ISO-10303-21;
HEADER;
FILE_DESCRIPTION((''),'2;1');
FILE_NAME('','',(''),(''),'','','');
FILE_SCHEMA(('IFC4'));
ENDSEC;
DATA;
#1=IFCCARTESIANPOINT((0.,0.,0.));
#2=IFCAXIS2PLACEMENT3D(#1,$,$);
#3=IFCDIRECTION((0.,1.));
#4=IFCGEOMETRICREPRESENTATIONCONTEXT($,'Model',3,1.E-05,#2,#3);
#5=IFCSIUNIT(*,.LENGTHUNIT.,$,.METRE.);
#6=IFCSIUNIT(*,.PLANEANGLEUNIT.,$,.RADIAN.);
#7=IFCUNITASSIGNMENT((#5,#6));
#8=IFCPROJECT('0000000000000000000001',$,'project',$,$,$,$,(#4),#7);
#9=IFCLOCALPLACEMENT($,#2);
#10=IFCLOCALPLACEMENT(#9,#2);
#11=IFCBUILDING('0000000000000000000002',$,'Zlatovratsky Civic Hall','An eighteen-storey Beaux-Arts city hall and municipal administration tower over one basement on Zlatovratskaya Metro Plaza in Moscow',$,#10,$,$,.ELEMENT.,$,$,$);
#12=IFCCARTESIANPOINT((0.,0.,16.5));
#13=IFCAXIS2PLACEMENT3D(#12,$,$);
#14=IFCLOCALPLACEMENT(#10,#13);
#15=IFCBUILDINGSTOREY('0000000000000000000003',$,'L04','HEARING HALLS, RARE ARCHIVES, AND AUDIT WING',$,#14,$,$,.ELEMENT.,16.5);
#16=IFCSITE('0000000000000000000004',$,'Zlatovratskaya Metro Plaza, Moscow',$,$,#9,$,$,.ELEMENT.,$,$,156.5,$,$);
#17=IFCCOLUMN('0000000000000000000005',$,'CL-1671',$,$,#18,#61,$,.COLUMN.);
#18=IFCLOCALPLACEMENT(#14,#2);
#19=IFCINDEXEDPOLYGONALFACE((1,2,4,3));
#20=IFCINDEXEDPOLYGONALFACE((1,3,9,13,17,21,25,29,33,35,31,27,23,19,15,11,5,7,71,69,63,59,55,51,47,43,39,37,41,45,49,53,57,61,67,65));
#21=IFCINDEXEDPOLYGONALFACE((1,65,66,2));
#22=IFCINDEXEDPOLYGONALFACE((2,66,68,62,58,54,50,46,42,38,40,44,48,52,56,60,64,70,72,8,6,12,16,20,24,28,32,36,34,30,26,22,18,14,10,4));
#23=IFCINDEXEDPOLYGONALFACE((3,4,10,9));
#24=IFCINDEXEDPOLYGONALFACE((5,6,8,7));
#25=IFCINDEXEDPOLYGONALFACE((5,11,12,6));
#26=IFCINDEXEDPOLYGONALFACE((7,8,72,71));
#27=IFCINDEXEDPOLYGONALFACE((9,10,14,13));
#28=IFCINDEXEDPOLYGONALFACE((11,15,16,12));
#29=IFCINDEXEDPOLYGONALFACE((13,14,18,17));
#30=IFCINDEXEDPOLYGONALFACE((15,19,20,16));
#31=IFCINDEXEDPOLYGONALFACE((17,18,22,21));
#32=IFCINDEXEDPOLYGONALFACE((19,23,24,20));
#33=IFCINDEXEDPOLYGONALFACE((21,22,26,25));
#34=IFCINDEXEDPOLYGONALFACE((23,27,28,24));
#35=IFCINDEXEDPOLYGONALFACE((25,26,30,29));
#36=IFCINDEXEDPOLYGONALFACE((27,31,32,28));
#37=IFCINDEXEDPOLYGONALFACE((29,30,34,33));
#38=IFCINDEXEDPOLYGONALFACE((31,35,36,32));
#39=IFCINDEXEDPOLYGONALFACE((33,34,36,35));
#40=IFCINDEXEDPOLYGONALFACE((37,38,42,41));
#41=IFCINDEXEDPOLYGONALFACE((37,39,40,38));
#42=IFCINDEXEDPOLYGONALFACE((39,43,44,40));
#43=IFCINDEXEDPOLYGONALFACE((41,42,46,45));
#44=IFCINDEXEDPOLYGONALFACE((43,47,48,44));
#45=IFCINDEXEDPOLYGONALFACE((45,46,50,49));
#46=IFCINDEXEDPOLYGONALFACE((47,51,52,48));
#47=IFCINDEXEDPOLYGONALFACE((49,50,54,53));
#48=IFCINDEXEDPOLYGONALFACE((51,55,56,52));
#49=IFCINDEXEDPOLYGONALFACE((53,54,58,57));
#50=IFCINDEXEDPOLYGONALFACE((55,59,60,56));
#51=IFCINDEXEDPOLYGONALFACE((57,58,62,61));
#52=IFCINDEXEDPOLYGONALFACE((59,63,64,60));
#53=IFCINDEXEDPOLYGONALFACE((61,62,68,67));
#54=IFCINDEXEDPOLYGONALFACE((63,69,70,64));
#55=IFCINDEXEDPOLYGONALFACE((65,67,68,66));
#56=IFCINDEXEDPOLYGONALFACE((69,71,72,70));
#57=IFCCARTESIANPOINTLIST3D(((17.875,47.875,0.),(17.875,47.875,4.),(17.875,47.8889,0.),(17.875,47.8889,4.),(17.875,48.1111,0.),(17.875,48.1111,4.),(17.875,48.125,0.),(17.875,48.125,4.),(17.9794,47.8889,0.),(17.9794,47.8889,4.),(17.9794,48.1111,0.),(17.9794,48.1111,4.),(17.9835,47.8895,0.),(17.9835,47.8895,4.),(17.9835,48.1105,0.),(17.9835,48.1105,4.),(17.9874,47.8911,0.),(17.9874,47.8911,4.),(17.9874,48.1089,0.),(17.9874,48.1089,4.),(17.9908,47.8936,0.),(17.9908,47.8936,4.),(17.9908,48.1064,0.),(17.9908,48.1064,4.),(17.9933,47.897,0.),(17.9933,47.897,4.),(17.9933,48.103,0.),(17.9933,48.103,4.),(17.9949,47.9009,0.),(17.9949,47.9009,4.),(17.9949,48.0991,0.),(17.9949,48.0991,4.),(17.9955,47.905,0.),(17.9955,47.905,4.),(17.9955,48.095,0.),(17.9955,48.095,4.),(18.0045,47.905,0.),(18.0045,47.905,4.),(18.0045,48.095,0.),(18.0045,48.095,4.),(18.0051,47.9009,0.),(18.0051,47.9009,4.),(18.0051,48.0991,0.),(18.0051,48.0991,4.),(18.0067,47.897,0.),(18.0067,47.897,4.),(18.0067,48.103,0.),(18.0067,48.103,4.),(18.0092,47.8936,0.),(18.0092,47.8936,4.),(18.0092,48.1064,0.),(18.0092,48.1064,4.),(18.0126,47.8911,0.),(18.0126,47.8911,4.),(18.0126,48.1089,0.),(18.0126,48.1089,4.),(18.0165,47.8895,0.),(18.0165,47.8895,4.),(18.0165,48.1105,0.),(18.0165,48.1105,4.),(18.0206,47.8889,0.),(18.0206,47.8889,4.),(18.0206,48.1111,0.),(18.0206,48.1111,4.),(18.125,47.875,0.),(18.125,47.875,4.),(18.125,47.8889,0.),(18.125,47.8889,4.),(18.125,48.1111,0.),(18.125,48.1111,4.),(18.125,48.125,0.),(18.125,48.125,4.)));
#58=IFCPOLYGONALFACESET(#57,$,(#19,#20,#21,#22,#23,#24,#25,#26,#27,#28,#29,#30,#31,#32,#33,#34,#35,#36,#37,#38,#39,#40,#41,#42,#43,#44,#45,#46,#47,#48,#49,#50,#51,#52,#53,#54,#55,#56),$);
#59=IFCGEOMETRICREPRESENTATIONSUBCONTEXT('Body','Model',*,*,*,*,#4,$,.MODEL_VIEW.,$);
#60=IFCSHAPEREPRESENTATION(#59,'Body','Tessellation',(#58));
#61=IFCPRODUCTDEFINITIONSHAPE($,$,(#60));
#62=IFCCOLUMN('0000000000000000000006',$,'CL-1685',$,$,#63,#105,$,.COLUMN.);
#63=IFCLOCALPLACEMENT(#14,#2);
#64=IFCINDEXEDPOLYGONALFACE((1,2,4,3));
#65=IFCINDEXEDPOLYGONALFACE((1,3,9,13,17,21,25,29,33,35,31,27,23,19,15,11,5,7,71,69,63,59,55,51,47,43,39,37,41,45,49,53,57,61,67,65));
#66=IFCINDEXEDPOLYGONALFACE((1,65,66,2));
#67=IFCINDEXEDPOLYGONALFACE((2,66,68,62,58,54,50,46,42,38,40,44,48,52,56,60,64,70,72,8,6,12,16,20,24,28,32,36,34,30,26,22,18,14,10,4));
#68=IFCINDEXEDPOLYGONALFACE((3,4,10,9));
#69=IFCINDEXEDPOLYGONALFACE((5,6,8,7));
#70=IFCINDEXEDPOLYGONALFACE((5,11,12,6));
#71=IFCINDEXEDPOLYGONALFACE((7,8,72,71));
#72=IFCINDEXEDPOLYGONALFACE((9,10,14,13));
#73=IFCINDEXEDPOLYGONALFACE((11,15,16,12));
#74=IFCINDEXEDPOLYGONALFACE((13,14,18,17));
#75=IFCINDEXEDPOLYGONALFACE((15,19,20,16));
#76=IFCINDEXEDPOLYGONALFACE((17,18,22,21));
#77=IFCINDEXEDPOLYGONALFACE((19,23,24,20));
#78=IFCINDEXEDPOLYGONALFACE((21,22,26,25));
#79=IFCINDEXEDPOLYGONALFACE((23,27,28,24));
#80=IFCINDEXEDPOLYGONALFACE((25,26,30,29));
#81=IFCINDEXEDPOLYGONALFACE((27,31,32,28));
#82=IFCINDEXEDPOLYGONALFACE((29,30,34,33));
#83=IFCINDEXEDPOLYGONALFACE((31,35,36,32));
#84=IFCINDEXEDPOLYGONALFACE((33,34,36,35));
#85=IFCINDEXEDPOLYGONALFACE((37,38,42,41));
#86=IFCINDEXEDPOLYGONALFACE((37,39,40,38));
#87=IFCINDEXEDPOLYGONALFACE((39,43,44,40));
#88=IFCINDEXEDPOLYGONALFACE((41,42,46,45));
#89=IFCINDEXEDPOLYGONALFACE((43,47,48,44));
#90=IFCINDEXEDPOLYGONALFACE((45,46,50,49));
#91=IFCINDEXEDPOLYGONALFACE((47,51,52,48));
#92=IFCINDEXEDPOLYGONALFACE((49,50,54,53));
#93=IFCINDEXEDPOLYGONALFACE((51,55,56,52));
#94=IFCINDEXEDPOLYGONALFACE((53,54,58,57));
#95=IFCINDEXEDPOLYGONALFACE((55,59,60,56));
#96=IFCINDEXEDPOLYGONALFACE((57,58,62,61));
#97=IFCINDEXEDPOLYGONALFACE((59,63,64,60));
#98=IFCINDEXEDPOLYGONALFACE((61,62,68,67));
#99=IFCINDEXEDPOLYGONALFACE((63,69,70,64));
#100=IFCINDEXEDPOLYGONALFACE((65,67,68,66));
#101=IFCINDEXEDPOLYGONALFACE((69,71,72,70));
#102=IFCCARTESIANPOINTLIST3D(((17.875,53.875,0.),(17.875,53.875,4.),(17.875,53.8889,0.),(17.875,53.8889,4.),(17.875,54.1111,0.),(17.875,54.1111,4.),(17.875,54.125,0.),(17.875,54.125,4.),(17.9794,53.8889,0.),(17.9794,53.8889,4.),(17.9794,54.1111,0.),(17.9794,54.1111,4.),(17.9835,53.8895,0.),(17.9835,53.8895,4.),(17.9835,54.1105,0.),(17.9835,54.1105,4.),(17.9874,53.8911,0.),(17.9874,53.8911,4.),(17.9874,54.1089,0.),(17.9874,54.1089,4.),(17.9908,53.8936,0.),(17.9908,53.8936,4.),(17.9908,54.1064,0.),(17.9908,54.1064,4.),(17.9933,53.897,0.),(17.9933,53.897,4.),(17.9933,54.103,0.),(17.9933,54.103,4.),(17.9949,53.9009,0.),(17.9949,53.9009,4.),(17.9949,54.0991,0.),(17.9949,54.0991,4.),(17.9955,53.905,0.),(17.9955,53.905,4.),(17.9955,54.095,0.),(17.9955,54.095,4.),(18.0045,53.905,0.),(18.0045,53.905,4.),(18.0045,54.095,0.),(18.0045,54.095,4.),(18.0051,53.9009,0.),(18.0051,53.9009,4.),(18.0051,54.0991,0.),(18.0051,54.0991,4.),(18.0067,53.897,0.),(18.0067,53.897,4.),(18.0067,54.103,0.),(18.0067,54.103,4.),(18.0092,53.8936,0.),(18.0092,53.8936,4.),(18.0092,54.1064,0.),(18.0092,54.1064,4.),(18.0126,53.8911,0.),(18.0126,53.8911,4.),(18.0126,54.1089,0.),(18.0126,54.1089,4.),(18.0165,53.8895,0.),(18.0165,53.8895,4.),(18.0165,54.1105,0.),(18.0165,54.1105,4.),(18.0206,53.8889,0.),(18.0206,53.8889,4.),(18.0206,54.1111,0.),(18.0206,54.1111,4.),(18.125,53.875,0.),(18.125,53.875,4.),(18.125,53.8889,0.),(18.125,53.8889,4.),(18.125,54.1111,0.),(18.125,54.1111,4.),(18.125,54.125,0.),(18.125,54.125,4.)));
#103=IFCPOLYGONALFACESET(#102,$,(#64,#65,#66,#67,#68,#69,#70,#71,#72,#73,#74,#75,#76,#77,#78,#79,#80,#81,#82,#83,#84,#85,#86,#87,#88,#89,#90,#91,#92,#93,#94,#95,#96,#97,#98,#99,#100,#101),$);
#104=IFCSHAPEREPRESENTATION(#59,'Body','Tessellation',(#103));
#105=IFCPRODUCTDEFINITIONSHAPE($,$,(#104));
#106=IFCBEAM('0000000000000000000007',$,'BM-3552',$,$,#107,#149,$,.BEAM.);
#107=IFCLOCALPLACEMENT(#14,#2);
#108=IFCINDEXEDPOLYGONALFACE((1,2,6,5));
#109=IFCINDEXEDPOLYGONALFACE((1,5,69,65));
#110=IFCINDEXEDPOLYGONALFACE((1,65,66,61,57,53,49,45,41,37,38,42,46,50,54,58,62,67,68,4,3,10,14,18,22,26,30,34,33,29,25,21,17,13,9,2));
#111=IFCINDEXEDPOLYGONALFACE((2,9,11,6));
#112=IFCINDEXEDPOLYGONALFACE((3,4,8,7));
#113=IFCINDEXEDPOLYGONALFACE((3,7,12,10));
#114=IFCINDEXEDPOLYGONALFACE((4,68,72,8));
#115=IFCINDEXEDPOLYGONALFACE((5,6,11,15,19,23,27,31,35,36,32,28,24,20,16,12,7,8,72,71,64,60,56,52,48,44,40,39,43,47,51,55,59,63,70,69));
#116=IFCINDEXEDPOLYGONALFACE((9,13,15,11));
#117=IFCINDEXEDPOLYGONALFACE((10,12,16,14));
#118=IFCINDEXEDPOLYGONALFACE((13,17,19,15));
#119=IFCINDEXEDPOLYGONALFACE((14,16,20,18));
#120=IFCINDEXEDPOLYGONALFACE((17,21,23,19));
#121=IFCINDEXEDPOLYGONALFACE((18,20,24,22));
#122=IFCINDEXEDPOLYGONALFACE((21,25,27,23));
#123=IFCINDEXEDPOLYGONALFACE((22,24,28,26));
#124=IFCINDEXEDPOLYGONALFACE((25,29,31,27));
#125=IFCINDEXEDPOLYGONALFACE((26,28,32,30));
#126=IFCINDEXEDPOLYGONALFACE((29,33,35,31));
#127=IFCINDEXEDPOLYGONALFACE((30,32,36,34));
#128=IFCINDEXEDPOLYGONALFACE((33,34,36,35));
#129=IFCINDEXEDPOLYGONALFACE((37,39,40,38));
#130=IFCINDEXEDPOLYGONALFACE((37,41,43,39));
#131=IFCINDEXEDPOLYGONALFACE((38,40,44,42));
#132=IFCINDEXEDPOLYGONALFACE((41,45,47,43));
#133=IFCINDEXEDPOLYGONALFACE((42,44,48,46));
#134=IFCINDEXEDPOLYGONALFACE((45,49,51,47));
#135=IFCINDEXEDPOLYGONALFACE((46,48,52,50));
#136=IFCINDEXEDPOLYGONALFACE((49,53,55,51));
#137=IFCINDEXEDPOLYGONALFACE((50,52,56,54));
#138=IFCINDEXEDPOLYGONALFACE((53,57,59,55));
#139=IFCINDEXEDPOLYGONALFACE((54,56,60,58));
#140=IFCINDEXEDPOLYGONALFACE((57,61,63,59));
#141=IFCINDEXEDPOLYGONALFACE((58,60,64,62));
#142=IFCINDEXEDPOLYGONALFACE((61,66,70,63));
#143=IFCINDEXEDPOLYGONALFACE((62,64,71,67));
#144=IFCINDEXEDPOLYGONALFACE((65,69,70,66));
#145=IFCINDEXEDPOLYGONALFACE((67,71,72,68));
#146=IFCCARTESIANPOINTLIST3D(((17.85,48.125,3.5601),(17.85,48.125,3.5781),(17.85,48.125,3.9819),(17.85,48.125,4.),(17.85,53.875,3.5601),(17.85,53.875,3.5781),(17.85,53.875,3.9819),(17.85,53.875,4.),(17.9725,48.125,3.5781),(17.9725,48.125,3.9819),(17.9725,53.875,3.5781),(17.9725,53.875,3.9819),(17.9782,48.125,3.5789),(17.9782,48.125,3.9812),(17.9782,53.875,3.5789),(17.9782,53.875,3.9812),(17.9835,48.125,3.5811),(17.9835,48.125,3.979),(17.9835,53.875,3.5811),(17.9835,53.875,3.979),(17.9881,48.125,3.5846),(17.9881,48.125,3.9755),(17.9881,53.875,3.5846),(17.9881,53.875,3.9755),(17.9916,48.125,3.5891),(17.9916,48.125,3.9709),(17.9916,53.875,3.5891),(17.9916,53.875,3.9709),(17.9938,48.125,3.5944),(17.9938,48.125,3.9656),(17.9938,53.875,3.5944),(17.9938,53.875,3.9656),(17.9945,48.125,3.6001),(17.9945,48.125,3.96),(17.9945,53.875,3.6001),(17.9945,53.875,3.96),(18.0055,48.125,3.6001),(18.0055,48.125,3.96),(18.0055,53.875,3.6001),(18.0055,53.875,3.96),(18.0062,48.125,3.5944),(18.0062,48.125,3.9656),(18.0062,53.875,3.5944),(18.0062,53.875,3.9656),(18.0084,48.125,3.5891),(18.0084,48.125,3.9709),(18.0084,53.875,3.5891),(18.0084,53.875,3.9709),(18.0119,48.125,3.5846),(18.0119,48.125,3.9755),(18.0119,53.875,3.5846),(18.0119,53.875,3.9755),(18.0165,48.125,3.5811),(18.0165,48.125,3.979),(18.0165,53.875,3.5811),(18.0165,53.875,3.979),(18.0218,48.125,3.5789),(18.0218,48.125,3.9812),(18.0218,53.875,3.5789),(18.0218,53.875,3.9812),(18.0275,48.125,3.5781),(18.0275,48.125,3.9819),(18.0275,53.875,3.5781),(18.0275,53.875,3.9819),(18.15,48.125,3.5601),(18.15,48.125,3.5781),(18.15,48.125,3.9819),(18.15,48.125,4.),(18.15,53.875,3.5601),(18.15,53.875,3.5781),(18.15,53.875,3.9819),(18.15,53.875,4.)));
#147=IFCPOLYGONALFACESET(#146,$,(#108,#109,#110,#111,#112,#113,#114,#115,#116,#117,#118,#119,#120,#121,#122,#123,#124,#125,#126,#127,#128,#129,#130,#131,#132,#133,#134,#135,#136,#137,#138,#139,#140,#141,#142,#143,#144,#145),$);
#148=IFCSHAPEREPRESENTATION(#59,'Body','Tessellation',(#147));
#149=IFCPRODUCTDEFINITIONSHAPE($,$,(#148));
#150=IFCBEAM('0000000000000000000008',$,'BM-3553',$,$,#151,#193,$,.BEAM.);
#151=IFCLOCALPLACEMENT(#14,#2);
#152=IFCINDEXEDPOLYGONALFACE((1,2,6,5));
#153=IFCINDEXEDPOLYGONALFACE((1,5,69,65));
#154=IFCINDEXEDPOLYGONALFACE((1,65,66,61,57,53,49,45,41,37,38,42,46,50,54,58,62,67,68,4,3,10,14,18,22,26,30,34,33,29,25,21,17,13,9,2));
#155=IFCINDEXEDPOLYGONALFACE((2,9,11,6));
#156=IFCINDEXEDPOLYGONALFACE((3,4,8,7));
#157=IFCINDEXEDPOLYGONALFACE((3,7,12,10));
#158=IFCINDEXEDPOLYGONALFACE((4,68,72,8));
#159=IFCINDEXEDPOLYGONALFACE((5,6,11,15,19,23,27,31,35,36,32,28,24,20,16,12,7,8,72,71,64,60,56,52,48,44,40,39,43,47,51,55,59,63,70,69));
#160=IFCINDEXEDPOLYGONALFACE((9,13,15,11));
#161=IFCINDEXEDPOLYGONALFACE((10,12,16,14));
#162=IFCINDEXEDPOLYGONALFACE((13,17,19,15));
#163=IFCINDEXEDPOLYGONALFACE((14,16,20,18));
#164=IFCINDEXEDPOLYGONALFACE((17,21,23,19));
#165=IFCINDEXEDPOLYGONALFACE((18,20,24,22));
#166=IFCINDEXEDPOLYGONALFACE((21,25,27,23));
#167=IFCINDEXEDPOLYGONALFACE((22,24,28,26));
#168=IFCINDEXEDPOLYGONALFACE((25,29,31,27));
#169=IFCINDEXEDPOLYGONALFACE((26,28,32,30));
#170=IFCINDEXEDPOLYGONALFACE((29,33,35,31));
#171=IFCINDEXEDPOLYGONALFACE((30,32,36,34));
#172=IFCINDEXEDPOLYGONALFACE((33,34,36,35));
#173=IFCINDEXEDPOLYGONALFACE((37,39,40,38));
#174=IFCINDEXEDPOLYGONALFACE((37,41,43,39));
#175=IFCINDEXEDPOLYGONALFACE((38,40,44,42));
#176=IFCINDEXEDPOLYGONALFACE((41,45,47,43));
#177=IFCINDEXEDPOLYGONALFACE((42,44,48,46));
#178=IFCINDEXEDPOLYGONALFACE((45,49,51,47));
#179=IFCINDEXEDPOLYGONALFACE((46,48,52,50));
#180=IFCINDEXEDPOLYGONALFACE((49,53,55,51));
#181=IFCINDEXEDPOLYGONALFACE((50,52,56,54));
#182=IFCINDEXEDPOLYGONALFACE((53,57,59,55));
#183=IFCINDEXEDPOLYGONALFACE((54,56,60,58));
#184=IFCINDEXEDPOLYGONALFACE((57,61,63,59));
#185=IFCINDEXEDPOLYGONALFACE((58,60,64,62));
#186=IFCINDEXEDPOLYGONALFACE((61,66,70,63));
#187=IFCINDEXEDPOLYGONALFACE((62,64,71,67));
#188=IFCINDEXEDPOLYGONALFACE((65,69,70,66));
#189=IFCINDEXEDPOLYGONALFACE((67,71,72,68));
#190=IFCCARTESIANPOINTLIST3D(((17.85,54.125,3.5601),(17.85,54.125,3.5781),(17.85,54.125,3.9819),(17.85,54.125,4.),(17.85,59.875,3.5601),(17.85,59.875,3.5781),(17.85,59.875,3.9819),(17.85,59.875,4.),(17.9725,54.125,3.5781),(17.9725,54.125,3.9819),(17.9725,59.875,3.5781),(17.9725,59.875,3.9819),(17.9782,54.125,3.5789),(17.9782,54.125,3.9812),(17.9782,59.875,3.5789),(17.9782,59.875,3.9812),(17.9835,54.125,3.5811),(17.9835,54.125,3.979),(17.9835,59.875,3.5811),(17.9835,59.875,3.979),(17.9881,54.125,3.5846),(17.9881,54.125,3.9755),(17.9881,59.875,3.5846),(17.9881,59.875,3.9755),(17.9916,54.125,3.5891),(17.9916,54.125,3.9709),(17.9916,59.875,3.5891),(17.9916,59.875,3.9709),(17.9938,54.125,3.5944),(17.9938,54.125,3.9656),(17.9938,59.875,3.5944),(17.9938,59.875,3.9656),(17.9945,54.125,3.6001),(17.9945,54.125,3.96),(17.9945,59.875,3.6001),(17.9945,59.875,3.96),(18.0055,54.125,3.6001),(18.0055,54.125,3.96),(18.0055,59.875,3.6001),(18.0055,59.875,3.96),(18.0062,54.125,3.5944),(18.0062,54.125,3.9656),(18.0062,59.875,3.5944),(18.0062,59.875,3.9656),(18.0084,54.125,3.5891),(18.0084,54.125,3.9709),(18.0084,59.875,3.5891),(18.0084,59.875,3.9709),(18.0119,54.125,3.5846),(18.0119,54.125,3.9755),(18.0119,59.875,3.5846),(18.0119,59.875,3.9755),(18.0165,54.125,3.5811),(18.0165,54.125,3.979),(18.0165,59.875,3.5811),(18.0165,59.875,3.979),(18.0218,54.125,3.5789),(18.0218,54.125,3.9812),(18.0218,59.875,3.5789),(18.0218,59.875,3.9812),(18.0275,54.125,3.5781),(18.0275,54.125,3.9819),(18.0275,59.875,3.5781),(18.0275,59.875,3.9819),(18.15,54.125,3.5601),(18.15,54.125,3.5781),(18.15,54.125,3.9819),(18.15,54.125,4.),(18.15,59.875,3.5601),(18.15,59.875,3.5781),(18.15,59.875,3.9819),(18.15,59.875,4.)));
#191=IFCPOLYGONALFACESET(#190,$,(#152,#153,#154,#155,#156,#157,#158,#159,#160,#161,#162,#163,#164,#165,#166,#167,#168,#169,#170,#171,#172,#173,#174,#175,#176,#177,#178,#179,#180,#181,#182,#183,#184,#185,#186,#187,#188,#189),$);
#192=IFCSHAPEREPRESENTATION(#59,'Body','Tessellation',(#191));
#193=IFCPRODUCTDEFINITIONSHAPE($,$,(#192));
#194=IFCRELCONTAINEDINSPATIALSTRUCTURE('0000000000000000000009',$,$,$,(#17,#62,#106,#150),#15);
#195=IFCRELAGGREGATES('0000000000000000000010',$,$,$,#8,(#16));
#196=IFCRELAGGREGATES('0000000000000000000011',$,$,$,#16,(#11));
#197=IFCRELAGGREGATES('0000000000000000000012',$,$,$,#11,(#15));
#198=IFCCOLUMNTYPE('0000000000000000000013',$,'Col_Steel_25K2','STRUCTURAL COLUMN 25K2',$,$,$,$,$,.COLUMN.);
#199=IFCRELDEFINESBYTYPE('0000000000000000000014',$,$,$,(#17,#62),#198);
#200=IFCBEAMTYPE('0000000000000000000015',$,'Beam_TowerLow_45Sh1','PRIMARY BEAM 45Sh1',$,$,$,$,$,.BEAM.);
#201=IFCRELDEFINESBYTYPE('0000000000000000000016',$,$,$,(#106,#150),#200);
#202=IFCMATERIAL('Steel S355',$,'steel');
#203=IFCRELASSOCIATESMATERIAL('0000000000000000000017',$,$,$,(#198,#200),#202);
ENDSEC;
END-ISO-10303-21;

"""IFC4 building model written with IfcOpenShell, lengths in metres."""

from ifc_helpers import new_model, si_unit, direction, frame, origin, origin_2d, place, context, subcontext, project, spatial, i_section, extrude, material, material_profile, profile_set, type_object, element, save


model = new_model("IFC4")

# Units and contexts
model_context = context("Model", 3, precision=1e-05, world=origin(), true_north=direction((0.0, 1.0)))
body_context = subcontext(model_context, "Body", "Model", "MODEL_VIEW")
ifc_project = project(units=[si_unit("LENGTHUNIT", "METRE"), si_unit("PLANEANGLEUNIT", "RADIAN")], contexts=[model_context])

# Site, building, storey
site_placement = place(None, origin())
site = spatial("IfcSite", under=ifc_project, at=site_placement, Name="Zlatovratskaya Metro Plaza, Moscow", CompositionType="ELEMENT", RefElevation=156.5)
building_placement = place(site_placement, origin())
building = spatial("IfcBuilding", under=site, at=building_placement, Name="Zlatovratsky Civic Hall", Description="An eighteen-storey Beaux-Arts city hall and municipal administration tower over one basement on Zlatovratskaya Metro Plaza in Moscow", CompositionType="ELEMENT")
storey_placement = place(building_placement, frame((0.0, 0.0, 16.5)))
storey = spatial("IfcBuildingStorey", under=building, at=storey_placement, Name="L04", Description="HEARING HALLS, RARE ARCHIVES, AND AUDIT WING", CompositionType="ELEMENT", Elevation=16.5)

# Columns
ifc_material_1 = material(Name="Steel S355", Category="steel")
ifc_material_profile_1 = material_profile(ifc_material_1, i_section(OverallWidth=0.25, OverallDepth=0.25, WebThickness=0.009, FlangeThickness=0.0139, FilletRadius=0.0161, at=origin_2d()), Name="25K2")
ifc_profile_set_1 = profile_set([ifc_material_profile_1], Name="Steel S355")
column_type = type_object("IfcColumnType", Name="Col_Steel_25K2", Description="STRUCTURAL COLUMN 25K2", PredefinedType="COLUMN", material=ifc_profile_set_1)
for number, where, z_axis, x_axis, name in (
    (1, (18.0, 48.0, 0.0), (0.0, 0.0, 1.0), (1.0, 0.0, 0.0), "CL-1671"),
    (2, (18.0, 54.0, 0.0), (0.0, 0.0, 1.0), (1.0, 0.0, 0.0), "CL-1685"),
):
    element("IfcColumn", number, at=place(storey_placement, frame(where, z_axis=z_axis, x_axis=x_axis)), inside=storey, type_object=column_type, Name=name, PredefinedType="COLUMN", context=body_context, shape_type="SweptSolid", body=[
        extrude(i_section(OverallWidth=0.25, OverallDepth=0.25, WebThickness=0.009, FlangeThickness=0.0139, FilletRadius=0.0161, at=origin_2d()), origin(), (0.0, 0.0, 1.0), 4.0),
    ])

# Beams
ifc_material_profile_2 = material_profile(ifc_material_1, i_section(OverallWidth=0.3, OverallDepth=0.4399, WebThickness=0.011, FlangeThickness=0.0181, FilletRadius=0.022, at=origin_2d()), Name="45Sh1")
ifc_profile_set_2 = profile_set([ifc_material_profile_2], Name="Steel S355")
beam_type = type_object("IfcBeamType", Name="Beam_TowerLow_45Sh1", Description="PRIMARY BEAM 45Sh1", PredefinedType="BEAM", material=ifc_profile_set_2)
for number, where, z_axis, x_axis, name in (
    (3, (18.0, 48.125, 3.78), (0.0, 1.0, 0.0), (-1.0, 0.0, 0.0), "BM-3552"),
    (4, (18.0, 54.125, 3.78), (0.0, 1.0, 0.0), (-1.0, 0.0, 0.0), "BM-3553"),
):
    element("IfcBeam", number, at=place(storey_placement, frame(where, z_axis=z_axis, x_axis=x_axis)), inside=storey, type_object=beam_type, Name=name, PredefinedType="BEAM", context=body_context, shape_type="SweptSolid", body=[
        extrude(i_section(OverallWidth=0.3, OverallDepth=0.4399, WebThickness=0.011, FlangeThickness=0.0181, FilletRadius=0.022, at=origin_2d()), origin(), (0.0, 0.0, 1.0), 5.75),
    ])

save(model, "model.ifc")
